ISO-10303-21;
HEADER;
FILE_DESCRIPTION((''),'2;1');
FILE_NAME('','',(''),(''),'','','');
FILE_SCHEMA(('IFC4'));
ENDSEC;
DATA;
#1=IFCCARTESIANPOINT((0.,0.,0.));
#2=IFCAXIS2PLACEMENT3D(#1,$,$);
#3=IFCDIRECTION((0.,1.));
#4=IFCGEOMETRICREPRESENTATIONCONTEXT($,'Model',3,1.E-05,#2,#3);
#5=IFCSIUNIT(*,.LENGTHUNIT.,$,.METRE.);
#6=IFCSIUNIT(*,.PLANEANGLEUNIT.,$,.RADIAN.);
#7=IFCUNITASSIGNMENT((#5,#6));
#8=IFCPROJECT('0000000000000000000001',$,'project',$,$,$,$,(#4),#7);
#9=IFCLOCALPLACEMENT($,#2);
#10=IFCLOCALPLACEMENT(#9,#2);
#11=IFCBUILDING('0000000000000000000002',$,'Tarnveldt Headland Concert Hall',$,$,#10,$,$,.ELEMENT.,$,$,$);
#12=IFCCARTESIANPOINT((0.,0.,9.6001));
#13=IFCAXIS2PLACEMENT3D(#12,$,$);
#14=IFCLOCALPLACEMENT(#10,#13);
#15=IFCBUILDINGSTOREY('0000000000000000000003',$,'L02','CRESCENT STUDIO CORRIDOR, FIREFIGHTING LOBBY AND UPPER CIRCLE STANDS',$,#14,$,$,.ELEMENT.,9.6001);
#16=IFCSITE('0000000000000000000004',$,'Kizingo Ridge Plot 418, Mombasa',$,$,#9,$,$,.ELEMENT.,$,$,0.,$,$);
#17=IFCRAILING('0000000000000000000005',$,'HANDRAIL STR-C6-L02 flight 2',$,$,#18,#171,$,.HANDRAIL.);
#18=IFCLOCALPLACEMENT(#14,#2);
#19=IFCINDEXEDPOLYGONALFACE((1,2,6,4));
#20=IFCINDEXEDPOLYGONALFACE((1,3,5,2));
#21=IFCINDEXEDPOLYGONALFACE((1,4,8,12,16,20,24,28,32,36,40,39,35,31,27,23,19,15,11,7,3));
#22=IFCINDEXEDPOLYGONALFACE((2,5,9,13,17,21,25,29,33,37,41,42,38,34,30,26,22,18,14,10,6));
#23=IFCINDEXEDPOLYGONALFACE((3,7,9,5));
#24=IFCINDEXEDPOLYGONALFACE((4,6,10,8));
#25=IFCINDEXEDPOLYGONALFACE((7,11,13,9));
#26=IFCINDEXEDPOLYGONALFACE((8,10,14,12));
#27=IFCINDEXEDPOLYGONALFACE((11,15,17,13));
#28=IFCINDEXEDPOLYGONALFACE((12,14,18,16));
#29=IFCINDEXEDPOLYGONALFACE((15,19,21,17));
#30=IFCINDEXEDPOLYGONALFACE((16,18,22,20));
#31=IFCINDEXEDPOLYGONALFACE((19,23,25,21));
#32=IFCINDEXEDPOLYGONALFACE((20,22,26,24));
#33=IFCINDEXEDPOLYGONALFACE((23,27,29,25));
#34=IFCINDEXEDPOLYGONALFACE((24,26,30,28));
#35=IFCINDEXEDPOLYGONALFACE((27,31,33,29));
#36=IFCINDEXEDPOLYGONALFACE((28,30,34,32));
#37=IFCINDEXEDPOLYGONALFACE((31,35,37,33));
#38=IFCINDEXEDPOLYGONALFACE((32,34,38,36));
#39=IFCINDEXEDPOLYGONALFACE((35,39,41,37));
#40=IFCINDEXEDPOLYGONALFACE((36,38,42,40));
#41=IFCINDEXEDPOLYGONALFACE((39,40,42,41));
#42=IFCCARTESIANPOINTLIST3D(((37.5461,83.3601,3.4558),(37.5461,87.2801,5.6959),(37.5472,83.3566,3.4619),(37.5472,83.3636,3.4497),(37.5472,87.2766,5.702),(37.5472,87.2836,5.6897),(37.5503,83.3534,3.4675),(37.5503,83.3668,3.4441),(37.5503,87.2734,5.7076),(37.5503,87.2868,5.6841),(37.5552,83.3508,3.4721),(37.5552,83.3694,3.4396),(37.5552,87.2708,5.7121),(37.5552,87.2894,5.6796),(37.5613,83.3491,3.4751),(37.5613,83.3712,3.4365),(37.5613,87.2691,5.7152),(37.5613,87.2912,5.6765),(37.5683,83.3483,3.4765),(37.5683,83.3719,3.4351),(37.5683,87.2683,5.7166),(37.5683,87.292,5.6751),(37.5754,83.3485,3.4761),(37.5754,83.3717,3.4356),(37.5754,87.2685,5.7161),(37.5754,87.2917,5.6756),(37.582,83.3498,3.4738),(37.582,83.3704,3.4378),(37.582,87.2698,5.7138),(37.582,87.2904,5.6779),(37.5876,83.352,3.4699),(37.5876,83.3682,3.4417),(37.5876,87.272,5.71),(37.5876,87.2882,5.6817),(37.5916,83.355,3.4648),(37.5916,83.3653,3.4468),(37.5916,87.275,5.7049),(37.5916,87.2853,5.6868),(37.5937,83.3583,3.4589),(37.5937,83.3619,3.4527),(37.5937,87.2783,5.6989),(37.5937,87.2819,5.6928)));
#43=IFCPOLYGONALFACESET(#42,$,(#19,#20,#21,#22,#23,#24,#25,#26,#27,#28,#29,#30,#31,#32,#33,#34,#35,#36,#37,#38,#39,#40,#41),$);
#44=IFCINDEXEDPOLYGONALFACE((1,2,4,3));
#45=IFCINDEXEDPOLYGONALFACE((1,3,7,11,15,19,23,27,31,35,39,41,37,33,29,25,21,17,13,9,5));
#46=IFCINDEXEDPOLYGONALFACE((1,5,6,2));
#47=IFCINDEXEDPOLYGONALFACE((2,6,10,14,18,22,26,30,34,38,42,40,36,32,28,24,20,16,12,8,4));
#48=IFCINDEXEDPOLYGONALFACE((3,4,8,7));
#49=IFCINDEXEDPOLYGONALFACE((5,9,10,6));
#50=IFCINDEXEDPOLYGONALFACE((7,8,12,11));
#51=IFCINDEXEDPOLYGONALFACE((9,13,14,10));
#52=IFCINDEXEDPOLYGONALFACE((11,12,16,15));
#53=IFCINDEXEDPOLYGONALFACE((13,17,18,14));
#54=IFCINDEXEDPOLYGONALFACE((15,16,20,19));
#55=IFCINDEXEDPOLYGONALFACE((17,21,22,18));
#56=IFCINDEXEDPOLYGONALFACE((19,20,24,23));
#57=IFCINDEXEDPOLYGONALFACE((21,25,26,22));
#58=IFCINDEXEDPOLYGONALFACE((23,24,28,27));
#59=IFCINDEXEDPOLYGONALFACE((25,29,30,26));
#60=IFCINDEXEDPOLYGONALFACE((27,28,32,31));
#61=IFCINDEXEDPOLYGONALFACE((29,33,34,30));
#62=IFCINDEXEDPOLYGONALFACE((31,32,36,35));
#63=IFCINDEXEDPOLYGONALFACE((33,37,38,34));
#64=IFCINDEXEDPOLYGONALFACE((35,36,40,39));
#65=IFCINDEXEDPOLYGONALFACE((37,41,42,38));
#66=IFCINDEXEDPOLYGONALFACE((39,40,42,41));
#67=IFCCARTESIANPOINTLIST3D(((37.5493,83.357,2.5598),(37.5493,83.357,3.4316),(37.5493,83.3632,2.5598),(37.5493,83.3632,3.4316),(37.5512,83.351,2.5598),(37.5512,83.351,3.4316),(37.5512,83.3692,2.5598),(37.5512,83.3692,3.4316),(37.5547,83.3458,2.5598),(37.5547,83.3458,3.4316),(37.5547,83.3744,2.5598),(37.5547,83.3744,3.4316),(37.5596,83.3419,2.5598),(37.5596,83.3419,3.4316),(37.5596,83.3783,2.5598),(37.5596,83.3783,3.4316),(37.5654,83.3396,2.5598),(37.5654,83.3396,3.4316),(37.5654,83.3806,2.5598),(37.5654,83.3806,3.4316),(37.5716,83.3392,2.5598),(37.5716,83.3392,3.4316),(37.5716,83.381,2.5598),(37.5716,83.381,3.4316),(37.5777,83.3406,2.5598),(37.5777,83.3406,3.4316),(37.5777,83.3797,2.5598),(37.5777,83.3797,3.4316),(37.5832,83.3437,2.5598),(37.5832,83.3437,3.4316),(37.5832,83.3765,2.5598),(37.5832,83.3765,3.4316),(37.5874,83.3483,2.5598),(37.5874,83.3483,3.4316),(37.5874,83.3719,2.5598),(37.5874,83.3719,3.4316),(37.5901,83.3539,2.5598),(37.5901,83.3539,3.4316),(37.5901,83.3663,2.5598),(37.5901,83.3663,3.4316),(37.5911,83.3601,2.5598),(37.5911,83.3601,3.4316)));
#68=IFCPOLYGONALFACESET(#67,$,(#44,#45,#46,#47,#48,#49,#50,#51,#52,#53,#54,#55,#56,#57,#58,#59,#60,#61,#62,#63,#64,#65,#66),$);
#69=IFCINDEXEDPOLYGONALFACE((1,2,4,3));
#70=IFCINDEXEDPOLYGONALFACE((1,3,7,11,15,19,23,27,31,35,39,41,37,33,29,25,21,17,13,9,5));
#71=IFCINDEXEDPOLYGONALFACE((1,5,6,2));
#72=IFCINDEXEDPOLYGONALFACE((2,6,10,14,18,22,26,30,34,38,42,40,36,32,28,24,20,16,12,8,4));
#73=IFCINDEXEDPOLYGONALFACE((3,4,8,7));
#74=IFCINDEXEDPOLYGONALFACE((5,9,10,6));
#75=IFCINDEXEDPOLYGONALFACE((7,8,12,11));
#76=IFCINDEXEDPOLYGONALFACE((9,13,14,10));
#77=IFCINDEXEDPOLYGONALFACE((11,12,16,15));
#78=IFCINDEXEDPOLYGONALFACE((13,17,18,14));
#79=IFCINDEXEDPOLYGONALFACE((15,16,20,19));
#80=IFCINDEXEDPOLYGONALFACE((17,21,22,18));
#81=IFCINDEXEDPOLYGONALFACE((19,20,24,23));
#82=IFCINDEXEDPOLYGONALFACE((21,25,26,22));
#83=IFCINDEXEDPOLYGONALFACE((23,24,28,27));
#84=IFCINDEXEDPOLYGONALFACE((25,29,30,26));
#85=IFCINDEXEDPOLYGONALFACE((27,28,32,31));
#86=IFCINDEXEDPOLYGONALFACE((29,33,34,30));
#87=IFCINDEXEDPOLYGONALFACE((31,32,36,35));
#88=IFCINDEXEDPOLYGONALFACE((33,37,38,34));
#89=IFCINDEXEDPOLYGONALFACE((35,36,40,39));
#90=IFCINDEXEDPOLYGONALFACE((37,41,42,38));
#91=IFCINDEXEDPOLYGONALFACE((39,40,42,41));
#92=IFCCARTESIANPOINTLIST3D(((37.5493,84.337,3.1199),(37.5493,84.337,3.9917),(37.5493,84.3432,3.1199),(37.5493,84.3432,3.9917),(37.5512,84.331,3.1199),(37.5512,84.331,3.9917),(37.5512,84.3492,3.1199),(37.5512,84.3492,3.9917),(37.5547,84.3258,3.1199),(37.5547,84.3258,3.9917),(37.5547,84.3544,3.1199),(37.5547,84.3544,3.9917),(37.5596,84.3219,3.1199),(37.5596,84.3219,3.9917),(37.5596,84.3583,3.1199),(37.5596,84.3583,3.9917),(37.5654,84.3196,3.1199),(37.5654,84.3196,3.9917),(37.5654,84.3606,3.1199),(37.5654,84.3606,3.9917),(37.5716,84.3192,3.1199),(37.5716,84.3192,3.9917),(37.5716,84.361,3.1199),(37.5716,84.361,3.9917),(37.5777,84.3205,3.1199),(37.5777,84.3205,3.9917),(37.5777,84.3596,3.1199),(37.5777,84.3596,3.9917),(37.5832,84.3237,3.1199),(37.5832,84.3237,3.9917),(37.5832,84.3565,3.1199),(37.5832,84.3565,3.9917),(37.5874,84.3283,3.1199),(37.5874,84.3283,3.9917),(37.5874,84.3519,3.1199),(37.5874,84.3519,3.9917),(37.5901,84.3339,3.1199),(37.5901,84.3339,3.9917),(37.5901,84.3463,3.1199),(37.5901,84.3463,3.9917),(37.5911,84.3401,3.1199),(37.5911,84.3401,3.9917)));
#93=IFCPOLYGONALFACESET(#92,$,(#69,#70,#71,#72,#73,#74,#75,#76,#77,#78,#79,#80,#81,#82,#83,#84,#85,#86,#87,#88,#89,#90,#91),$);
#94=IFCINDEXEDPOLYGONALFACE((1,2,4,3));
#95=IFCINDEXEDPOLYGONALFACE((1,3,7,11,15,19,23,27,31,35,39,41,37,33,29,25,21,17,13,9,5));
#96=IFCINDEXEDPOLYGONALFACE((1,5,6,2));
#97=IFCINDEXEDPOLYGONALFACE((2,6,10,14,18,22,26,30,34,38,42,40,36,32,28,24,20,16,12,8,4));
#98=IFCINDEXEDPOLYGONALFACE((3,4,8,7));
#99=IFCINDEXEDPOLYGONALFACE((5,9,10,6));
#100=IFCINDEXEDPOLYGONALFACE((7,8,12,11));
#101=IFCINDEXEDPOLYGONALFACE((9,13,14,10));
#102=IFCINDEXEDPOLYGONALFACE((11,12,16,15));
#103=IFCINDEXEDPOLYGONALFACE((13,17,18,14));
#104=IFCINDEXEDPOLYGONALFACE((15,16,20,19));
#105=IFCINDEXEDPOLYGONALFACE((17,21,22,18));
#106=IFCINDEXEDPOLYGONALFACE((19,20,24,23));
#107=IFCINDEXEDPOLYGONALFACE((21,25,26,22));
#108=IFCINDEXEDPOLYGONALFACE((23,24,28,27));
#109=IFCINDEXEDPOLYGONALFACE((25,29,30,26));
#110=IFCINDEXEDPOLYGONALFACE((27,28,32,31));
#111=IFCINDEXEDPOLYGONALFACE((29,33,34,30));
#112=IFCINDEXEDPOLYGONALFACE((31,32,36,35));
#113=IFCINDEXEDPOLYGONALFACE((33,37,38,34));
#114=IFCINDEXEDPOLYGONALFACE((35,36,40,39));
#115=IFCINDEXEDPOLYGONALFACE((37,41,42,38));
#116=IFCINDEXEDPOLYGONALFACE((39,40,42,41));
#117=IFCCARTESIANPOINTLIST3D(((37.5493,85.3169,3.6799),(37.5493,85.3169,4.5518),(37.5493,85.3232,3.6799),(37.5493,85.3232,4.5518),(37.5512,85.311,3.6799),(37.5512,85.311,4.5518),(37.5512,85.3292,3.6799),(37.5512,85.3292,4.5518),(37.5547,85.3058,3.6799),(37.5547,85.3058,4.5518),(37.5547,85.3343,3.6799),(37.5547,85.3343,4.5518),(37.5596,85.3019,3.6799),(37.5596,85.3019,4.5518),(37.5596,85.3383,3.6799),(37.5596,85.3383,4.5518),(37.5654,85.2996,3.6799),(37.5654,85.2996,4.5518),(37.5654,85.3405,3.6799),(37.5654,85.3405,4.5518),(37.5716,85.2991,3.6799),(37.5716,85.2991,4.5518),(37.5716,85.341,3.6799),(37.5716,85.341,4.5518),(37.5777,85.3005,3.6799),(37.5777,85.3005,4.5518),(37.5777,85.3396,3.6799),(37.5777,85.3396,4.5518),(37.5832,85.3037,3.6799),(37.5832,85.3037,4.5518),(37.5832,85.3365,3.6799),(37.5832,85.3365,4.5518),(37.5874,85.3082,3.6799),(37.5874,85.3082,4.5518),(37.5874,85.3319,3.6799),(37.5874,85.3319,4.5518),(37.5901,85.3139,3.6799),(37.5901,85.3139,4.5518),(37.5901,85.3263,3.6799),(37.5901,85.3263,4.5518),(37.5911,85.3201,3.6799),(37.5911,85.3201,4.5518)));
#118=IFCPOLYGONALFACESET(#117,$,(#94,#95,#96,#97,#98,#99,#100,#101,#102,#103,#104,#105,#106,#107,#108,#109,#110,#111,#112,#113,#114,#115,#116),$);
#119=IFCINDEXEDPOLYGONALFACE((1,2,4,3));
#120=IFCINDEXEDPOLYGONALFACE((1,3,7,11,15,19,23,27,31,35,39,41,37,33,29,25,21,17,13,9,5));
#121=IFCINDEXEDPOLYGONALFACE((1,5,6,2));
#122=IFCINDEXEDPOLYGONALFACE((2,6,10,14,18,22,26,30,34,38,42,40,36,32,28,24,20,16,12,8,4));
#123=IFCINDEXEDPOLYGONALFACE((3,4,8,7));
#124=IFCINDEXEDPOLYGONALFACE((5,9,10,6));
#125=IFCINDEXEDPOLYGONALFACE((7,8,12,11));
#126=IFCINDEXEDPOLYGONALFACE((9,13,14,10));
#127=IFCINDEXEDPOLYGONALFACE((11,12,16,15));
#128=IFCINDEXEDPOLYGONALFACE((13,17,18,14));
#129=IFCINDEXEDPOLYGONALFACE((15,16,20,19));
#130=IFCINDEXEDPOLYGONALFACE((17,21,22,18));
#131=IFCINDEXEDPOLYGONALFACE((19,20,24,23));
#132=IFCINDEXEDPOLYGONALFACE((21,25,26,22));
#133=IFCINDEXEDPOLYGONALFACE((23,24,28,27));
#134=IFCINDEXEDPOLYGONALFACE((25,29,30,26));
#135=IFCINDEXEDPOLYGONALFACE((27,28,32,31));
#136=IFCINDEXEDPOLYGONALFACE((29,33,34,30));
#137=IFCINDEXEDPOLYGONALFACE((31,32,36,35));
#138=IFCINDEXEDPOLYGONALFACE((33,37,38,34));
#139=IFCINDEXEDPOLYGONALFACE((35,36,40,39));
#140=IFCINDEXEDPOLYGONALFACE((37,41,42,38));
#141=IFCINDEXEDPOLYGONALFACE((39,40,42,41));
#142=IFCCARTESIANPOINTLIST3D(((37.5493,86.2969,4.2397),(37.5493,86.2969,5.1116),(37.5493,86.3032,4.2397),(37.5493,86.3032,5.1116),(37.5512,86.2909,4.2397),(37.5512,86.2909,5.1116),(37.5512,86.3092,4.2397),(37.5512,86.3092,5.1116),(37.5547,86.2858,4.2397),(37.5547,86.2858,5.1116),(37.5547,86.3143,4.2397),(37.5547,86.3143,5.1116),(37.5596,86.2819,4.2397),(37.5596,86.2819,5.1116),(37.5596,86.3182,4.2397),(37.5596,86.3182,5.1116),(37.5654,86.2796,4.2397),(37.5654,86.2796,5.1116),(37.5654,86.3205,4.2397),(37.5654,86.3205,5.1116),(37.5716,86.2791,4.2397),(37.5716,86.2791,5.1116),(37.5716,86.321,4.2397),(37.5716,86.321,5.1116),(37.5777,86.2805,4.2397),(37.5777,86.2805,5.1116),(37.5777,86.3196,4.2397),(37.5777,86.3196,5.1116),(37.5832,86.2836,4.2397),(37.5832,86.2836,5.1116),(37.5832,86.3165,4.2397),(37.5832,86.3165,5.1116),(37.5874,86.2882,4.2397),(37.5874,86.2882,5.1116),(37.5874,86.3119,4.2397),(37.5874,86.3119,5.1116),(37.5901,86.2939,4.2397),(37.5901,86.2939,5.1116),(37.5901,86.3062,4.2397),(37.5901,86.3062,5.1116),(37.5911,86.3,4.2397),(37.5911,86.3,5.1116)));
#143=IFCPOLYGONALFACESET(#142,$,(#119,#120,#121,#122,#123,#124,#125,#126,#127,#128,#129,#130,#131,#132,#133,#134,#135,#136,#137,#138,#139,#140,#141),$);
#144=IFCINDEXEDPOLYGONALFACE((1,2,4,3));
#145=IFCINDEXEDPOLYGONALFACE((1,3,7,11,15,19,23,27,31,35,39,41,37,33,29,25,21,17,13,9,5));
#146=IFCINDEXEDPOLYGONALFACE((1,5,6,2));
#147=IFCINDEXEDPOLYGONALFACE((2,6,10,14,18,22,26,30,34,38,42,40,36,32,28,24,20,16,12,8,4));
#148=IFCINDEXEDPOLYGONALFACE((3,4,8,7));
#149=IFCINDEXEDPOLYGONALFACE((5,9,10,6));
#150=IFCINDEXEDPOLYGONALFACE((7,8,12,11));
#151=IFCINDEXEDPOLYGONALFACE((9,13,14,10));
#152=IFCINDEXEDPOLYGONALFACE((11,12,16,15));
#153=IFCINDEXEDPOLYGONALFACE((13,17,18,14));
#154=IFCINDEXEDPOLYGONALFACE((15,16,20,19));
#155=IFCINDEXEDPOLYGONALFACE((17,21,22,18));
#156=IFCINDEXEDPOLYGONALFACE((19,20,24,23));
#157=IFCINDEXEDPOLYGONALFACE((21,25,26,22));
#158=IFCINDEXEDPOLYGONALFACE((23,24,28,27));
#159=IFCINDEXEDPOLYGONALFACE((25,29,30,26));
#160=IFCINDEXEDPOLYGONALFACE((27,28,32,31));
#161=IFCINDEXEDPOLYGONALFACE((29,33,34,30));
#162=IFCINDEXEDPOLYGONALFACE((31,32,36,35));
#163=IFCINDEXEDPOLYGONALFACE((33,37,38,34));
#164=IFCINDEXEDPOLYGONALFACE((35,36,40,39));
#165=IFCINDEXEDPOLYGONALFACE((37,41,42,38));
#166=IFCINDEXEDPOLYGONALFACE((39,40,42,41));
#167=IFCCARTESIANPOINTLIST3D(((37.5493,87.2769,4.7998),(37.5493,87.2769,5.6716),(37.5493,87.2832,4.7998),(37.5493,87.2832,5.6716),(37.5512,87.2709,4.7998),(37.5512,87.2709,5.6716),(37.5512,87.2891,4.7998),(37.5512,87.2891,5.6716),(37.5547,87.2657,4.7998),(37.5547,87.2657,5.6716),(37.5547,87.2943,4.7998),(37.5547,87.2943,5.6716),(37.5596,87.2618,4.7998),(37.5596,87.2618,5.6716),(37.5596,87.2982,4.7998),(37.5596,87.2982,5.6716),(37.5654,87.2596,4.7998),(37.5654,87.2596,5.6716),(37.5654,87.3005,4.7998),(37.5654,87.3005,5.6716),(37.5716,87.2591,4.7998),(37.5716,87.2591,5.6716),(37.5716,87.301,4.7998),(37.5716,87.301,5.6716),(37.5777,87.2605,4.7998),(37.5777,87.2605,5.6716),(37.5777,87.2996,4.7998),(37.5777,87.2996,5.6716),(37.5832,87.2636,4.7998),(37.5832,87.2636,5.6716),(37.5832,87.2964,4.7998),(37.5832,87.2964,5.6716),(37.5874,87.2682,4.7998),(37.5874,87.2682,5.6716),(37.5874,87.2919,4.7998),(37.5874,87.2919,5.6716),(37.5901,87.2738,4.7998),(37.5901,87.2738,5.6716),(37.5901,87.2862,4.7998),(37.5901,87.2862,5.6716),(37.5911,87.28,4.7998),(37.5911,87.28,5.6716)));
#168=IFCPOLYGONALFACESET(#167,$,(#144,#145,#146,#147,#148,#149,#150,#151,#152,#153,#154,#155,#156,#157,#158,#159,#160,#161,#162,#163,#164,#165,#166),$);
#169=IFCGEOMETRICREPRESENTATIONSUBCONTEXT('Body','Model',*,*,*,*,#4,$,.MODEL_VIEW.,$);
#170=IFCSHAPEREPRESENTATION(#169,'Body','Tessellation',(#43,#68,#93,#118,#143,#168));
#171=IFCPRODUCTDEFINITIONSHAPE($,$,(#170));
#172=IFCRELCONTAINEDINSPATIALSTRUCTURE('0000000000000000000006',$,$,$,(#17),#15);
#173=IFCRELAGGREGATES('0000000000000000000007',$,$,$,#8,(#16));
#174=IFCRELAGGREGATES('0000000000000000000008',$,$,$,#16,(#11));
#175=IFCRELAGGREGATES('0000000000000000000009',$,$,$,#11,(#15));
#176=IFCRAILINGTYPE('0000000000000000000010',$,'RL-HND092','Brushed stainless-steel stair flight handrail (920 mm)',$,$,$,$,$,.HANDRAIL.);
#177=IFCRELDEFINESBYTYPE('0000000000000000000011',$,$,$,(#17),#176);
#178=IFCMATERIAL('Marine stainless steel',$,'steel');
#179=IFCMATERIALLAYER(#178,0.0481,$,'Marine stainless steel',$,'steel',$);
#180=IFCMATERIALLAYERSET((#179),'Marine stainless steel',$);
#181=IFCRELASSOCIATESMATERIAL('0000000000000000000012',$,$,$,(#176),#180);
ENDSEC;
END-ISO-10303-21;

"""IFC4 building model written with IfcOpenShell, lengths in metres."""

from ifc_helpers import new_model, si_unit, direction, frame, origin, origin_2d, place, context, subcontext, project, spatial, circle, extrude, material, layer, layer_set, type_object, element, save


model = new_model("IFC4")

# Units and contexts
model_context = context("Model", 3, precision=1e-05, world=origin(), true_north=direction((0.0, 1.0)))
body_context = subcontext(model_context, "Body", "Model", "MODEL_VIEW")
ifc_project = project(units=[si_unit("LENGTHUNIT", "METRE"), si_unit("PLANEANGLEUNIT", "RADIAN")], contexts=[model_context])

# Site, building, storey
site_placement = place(None, origin())
site = spatial("IfcSite", under=ifc_project, at=site_placement, Name="Kizingo Ridge Plot 418, Mombasa", CompositionType="ELEMENT", RefElevation=0.0)
building_placement = place(site_placement, origin())
building = spatial("IfcBuilding", under=site, at=building_placement, Name="Tarnveldt Headland Concert Hall", CompositionType="ELEMENT")
storey_placement = place(building_placement, frame((0.0, 0.0, 9.6001)))
storey = spatial("IfcBuildingStorey", under=building, at=storey_placement, Name="L02", Description="CRESCENT STUDIO CORRIDOR, FIREFIGHTING LOBBY AND UPPER CIRCLE STANDS", CompositionType="ELEMENT", Elevation=9.6001)

# Railing
ifc_material_1 = material(Name="Marine stainless steel", Category="steel")
ifc_layer_1 = layer(ifc_material_1, 0.0481, Name="Marine stainless steel", Category="steel")
ifc_layer_set_1 = layer_set([ifc_layer_1], Name="Marine stainless steel")
railing_type_1 = type_object("IfcRailingType", Name="RL-HND092", Description="Brushed stainless-steel stair flight handrail (920 mm)", PredefinedType="HANDRAIL", material=ifc_layer_set_1)
railing_1_placement = place(storey_placement, frame((37.5701, 83.3601, 2.5598)))
element("IfcRailing", 1, at=railing_1_placement, inside=storey, type_object=railing_type_1, Name="HANDRAIL STR-C6-L02 flight 2", PredefinedType="HANDRAIL", context=body_context, shape_type="SweptSolid", body=[
    extrude(circle(Radius=0.0239, at=origin_2d()), frame((0.0, 0.0, 0.896), z_axis=(0.0, 0.86824, 0.496145), x_axis=(-1.0, 0.0, 0.0)), (0.0, 0.0, 1.0), 4.5149),
    extrude(circle(Radius=0.021, at=origin_2d()), origin(), (0.0, 0.0, 1.0), 0.8718),
    extrude(circle(Radius=0.021, at=origin_2d()), frame((0.0, 0.98, 0.5601)), (0.0, 0.0, 1.0), 0.8718),
    extrude(circle(Radius=0.021, at=origin_2d()), frame((0.0, 1.96, 1.1201)), (0.0, 0.0, 1.0), 0.8718),
    extrude(circle(Radius=0.021, at=origin_2d()), frame((0.0, 2.9399, 1.6799)), (0.0, 0.0, 1.0), 0.8718),
    extrude(circle(Radius=0.021, at=origin_2d()), frame((0.0, 3.9199, 2.24)), (0.0, 0.0, 1.0), 0.8718),
])

save(model, "model.ifc")
